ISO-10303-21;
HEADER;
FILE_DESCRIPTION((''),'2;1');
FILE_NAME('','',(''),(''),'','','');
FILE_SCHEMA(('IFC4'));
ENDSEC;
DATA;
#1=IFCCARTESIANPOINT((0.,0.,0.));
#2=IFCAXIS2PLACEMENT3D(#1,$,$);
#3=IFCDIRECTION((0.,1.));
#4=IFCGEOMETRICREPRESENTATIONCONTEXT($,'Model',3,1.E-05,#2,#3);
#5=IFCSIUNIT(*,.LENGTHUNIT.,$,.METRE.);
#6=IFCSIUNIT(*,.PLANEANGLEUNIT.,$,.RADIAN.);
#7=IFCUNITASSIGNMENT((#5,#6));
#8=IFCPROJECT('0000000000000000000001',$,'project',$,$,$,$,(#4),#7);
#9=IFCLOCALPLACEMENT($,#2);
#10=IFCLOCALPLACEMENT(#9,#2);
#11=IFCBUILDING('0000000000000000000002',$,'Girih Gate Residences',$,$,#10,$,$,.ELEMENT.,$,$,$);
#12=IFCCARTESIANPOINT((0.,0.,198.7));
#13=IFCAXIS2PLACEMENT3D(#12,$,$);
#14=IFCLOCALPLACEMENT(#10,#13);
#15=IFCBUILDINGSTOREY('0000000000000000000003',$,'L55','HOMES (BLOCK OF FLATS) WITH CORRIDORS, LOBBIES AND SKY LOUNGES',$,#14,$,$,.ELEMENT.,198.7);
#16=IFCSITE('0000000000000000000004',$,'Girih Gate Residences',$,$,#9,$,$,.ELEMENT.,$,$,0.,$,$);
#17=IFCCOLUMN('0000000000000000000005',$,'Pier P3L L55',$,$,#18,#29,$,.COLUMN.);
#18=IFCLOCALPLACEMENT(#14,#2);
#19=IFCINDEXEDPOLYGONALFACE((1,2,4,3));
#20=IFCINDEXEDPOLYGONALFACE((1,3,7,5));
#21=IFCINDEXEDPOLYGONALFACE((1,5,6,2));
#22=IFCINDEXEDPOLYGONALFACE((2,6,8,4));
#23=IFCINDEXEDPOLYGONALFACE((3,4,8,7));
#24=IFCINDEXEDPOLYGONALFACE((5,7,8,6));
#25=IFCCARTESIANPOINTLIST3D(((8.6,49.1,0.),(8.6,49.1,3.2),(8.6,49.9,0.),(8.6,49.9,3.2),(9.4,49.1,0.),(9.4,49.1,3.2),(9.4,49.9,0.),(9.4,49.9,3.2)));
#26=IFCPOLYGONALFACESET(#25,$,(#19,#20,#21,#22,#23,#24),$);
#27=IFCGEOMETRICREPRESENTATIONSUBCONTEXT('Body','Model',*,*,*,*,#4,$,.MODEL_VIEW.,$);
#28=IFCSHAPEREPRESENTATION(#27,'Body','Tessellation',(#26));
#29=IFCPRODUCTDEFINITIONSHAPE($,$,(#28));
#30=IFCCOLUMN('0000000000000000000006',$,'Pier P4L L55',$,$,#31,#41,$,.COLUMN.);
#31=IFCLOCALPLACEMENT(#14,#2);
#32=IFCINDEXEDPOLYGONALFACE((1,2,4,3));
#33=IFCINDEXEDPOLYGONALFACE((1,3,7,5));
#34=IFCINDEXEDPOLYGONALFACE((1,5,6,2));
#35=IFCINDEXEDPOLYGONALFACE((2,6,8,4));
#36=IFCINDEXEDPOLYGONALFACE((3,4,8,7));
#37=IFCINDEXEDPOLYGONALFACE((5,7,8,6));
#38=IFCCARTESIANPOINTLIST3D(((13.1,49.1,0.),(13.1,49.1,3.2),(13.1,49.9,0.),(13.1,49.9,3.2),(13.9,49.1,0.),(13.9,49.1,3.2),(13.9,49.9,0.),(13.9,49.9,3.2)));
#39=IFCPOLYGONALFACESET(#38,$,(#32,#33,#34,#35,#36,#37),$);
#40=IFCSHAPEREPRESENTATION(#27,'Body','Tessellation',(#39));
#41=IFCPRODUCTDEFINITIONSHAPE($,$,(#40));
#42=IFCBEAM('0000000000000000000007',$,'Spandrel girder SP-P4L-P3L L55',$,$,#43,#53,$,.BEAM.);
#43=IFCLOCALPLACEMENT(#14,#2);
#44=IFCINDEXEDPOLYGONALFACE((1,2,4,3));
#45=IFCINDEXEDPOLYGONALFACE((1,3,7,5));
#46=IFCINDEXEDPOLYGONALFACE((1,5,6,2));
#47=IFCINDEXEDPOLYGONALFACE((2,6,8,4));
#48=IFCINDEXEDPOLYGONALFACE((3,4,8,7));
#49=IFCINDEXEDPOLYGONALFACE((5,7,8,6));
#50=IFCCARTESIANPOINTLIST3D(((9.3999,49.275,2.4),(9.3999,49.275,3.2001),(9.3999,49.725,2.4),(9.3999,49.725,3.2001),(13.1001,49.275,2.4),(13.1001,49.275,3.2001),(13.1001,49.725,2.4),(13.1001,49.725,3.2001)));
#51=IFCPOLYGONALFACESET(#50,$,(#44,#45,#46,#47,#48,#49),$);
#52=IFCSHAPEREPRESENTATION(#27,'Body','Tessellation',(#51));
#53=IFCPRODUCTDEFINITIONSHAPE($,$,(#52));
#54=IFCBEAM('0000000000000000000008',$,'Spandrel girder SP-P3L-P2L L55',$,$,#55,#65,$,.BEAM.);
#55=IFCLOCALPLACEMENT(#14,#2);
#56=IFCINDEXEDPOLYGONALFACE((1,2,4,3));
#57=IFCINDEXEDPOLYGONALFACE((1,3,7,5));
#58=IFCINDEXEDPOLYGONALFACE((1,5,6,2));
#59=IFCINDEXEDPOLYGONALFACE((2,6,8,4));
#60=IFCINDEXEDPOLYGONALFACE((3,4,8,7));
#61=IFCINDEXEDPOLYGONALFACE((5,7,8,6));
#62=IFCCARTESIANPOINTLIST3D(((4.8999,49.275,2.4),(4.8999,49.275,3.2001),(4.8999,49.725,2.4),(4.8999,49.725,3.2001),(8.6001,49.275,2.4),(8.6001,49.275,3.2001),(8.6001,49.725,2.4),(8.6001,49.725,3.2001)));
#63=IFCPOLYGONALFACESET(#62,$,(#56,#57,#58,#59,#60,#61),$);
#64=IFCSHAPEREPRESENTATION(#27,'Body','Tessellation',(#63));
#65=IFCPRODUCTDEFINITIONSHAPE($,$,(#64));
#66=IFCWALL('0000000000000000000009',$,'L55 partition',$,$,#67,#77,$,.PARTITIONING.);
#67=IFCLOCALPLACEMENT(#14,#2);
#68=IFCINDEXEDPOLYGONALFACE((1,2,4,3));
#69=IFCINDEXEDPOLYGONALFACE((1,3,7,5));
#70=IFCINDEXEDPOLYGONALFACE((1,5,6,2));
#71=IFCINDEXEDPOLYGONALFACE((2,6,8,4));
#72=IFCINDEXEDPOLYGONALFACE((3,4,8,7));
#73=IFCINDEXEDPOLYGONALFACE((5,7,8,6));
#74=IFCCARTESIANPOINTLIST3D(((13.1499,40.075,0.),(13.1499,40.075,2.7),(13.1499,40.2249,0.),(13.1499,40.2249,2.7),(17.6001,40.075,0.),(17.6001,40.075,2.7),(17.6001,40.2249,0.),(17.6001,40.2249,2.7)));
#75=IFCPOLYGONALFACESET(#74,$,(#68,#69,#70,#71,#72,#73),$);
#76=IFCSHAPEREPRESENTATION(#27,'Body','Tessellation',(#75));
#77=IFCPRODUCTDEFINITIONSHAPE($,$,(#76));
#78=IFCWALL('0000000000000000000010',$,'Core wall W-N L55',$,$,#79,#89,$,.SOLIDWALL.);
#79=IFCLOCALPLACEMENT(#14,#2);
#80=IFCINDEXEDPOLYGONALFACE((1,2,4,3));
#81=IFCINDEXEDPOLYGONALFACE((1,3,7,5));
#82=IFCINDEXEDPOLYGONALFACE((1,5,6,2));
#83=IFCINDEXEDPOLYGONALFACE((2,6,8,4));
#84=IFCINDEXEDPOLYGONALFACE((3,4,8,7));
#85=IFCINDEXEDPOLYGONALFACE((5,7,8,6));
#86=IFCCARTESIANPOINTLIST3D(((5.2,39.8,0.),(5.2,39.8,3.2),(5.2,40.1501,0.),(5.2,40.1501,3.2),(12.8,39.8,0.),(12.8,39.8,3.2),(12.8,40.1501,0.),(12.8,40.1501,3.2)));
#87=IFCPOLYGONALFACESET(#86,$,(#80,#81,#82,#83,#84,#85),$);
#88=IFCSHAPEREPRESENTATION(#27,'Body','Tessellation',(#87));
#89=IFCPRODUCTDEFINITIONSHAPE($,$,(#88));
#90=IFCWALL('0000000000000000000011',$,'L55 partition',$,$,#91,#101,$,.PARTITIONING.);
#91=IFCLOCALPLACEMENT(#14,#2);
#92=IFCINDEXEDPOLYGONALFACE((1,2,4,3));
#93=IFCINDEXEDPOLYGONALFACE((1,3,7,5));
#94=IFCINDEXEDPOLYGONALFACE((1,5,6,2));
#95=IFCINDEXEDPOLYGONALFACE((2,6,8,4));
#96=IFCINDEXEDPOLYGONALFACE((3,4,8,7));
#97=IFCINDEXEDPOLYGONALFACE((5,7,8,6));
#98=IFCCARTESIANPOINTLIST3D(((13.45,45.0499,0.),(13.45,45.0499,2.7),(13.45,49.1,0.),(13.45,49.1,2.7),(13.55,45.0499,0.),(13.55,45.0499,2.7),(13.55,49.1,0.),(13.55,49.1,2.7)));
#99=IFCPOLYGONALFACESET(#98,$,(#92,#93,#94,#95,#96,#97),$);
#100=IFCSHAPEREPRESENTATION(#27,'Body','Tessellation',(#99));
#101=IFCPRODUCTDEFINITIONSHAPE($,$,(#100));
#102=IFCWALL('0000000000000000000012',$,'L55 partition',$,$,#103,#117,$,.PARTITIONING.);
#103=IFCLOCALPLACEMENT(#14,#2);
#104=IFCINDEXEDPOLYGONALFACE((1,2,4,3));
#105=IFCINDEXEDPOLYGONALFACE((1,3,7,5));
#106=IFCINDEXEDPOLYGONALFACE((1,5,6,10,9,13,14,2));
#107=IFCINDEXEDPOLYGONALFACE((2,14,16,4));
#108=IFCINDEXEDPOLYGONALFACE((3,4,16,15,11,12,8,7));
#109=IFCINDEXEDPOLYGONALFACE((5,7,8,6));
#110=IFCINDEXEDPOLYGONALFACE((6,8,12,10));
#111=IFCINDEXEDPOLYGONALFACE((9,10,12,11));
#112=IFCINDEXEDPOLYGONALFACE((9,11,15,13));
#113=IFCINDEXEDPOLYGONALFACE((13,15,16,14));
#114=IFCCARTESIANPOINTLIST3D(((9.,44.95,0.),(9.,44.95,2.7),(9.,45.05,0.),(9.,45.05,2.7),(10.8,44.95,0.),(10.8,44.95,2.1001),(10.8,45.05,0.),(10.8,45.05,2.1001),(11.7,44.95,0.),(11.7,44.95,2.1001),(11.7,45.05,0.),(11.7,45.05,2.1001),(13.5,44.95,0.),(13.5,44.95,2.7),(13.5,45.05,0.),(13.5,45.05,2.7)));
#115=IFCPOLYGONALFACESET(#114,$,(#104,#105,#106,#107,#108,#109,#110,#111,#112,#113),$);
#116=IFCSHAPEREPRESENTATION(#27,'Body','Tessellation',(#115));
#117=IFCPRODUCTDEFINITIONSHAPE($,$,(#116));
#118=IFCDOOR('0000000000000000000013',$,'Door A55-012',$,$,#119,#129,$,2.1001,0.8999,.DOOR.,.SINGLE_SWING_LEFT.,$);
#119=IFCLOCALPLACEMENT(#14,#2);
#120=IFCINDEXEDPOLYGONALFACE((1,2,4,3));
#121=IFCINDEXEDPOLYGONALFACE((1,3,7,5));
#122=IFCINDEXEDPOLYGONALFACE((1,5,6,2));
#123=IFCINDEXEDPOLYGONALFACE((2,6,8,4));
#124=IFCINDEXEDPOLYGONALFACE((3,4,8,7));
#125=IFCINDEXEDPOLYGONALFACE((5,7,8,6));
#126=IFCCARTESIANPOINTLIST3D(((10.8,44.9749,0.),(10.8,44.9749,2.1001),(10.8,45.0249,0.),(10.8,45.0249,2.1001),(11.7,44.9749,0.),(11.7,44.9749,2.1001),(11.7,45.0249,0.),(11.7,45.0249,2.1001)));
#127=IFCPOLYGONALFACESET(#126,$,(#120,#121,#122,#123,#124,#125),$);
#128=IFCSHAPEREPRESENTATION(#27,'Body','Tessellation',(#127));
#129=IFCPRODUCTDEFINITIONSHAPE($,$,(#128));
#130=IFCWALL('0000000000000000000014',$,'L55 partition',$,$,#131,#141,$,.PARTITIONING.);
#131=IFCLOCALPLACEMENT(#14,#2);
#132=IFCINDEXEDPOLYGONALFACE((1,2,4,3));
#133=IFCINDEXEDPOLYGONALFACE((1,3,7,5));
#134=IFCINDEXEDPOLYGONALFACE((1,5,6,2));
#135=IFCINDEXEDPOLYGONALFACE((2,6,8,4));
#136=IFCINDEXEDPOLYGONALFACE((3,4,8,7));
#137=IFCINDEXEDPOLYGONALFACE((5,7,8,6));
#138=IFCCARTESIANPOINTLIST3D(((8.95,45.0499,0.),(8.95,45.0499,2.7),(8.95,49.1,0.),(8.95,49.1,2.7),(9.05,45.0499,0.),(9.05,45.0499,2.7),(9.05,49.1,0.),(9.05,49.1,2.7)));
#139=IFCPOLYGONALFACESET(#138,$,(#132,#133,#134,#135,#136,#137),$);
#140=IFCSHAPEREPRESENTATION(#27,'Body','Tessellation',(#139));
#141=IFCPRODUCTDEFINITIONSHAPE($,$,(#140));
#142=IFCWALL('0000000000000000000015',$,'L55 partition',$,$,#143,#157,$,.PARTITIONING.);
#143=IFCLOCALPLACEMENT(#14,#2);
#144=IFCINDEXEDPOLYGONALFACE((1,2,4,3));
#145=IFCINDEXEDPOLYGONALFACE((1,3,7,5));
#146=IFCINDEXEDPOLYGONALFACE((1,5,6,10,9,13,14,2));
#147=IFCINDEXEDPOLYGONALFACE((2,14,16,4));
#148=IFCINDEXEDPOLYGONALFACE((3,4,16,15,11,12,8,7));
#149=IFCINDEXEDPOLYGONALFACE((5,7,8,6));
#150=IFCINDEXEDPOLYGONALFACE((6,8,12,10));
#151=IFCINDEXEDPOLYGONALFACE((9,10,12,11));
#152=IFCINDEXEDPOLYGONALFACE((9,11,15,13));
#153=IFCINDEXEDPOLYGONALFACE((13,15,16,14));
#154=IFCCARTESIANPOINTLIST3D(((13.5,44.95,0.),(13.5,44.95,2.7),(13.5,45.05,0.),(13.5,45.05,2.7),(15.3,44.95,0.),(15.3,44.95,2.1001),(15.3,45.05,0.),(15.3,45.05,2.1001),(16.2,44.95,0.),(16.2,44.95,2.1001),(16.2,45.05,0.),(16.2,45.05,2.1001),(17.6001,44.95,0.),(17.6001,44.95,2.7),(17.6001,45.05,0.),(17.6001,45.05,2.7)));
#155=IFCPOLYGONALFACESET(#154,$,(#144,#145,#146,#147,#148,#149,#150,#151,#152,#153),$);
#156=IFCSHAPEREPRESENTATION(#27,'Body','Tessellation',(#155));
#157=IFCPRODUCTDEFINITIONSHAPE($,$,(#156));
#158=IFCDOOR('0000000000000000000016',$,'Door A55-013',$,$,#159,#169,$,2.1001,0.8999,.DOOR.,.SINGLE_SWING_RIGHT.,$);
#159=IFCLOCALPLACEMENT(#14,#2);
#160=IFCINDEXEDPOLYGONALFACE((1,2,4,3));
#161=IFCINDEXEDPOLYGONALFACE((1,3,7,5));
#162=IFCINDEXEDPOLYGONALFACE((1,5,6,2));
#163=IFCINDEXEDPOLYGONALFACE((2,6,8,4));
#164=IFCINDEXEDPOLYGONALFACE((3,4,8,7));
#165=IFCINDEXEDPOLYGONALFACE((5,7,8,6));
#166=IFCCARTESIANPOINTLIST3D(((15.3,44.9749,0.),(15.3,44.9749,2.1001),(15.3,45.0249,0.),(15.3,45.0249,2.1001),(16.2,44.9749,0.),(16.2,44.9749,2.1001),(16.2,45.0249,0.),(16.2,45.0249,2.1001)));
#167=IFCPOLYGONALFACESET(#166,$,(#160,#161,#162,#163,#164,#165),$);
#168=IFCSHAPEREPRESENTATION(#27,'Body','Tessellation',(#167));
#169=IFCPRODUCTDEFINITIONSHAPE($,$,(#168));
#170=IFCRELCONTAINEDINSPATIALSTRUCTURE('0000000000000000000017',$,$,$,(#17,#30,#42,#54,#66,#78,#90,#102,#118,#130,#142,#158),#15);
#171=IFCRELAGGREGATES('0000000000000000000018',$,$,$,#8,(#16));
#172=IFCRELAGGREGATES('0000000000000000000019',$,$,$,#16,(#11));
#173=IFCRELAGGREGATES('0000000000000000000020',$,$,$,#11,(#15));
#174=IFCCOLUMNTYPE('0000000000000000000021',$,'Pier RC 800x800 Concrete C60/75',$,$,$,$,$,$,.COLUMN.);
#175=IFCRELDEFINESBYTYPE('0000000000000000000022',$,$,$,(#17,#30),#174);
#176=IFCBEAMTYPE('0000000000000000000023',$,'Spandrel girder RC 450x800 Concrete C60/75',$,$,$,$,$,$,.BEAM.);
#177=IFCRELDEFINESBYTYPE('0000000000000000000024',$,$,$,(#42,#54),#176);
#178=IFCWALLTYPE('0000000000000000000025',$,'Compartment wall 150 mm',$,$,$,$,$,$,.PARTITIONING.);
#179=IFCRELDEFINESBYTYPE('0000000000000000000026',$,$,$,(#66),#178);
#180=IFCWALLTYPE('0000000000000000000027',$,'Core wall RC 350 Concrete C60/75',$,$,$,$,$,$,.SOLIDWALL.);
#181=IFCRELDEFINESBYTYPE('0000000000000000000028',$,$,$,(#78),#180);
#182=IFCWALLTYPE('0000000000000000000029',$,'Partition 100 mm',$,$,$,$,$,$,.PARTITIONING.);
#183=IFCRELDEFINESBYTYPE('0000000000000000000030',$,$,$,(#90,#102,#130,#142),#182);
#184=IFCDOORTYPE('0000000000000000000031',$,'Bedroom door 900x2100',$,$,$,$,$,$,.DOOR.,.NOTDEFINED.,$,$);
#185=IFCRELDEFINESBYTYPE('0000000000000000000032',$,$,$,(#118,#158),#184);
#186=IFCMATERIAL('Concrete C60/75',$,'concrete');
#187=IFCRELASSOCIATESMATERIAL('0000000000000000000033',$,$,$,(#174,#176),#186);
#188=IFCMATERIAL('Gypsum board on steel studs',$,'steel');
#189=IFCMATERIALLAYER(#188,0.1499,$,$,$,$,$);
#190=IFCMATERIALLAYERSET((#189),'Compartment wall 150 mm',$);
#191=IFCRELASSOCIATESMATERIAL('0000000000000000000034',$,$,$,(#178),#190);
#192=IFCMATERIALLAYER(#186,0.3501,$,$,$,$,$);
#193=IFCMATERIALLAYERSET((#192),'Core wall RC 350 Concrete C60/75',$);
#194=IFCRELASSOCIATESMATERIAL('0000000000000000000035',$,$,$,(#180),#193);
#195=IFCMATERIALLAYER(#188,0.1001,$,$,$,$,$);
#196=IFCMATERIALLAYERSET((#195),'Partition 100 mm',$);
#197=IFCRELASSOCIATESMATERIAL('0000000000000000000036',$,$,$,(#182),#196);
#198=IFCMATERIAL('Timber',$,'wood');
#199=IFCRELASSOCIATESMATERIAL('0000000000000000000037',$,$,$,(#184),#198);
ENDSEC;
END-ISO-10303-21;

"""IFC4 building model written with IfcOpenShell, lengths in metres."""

from ifc_helpers import new_model, si_unit, direction, frame, frame_2d, origin, origin_2d, place, context, subcontext, project, spatial, rectangle, extrude, material, layer, layer_set, material_profile, profile_set, type_object, element, fill, save


model = new_model("IFC4")

# Units and contexts
model_context = context("Model", 3, precision=1e-05, world=origin(), true_north=direction((0.0, 1.0)))
body_context = subcontext(model_context, "Body", "Model", "MODEL_VIEW")
ifc_project = project(units=[si_unit("LENGTHUNIT", "METRE"), si_unit("PLANEANGLEUNIT", "RADIAN")], contexts=[model_context])

# Site, building, storey
site_placement = place(None, origin())
site = spatial("IfcSite", under=ifc_project, at=site_placement, Name="Girih Gate Residences", CompositionType="ELEMENT", RefElevation=0.0)
building_placement = place(site_placement, origin())
building = spatial("IfcBuilding", under=site, at=building_placement, Name="Girih Gate Residences", CompositionType="ELEMENT")
storey_placement = place(building_placement, frame((0.0, 0.0, 198.7)))
storey = spatial("IfcBuildingStorey", under=building, at=storey_placement, Name="L55", Description="HOMES (BLOCK OF FLATS) WITH CORRIDORS, LOBBIES AND SKY LOUNGES", CompositionType="ELEMENT", Elevation=198.7)

# Columns
ifc_material_1 = material(Name="Concrete C60/75", Category="concrete")
ifc_material_profile_1 = material_profile(ifc_material_1, rectangle(XDim=0.8, YDim=0.8, at=origin_2d()))
ifc_profile_set_1 = profile_set([ifc_material_profile_1], Name="Concrete C60/75")
column_type = type_object("IfcColumnType", Name="Pier RC 800x800 Concrete C60/75", PredefinedType="COLUMN", material=ifc_profile_set_1)
for number, where, z_axis, x_axis, name in (
    (1, (9.0, 49.5, 0.0), (0.0, 0.0, 1.0), (1.0, 0.0, 0.0), "Pier P3L L55"),
    (2, (13.5, 49.5, 0.0), (0.0, 0.0, 1.0), (1.0, 0.0, 0.0), "Pier P4L L55"),
):
    element("IfcColumn", number, at=place(storey_placement, frame(where, z_axis=z_axis, x_axis=x_axis)), inside=storey, type_object=column_type, Name=name, PredefinedType="COLUMN", context=body_context, shape_type="SweptSolid", body=[
        extrude(rectangle(XDim=0.8, YDim=0.8, at=origin_2d()), origin(), (0.0, 0.0, 1.0), 3.2),
    ])

# Beams
ifc_material_profile_2 = material_profile(ifc_material_1, rectangle(XDim=0.45, YDim=0.8, at=origin_2d()))
ifc_profile_set_2 = profile_set([ifc_material_profile_2], Name="Concrete C60/75")
beam_type = type_object("IfcBeamType", Name="Spandrel girder RC 450x800 Concrete C60/75", PredefinedType="BEAM", material=ifc_profile_set_2)
for number, where, z_axis, x_axis, name in (
    (3, (13.1001, 49.5, 2.8), (-1.0, 0.0, 0.0), (0.0, -1.0, 0.0), "Spandrel girder SP-P4L-P3L L55"),
    (4, (8.6001, 49.5, 2.8), (-1.0, 0.0, 0.0), (0.0, -1.0, 0.0), "Spandrel girder SP-P3L-P2L L55"),
):
    element("IfcBeam", number, at=place(storey_placement, frame(where, z_axis=z_axis, x_axis=x_axis)), inside=storey, type_object=beam_type, Name=name, PredefinedType="BEAM", context=body_context, shape_type="SweptSolid", body=[
        extrude(rectangle(XDim=0.45, YDim=0.8, at=origin_2d()), origin(), (0.0, 0.0, 1.0), 3.7002),
    ])

# Walls
ifc_material_2 = material(Name="Gypsum board on steel studs", Category="steel")
ifc_layer_1 = layer(ifc_material_2, 0.1499)
ifc_layer_set_1 = layer_set([ifc_layer_1], Name="Compartment wall 150 mm")
wall_type_1 = type_object("IfcWallType", Name="Compartment wall 150 mm", PredefinedType="PARTITIONING", material=ifc_layer_set_1)
wall_1_placement = place(storey_placement, frame((13.1499, 40.1499, 0.0), z_axis=(0.0, 0.0, 1.0), x_axis=(1.0, 0.0, 0.0)))
element("IfcWall", 5, at=wall_1_placement, inside=storey, type_object=wall_type_1, Name="L55 partition", PredefinedType="PARTITIONING", context=body_context, shape_type="SweptSolid", body=[
    extrude(rectangle(XDim=4.4502, YDim=0.1499, at=frame_2d((2.2251, 0.0))), origin(), (0.0, 0.0, 1.0), 2.7),
])
ifc_layer_2 = layer(ifc_material_1, 0.3501)
ifc_layer_set_2 = layer_set([ifc_layer_2], Name="Core wall RC 350 Concrete C60/75")
wall_type_2 = type_object("IfcWallType", Name="Core wall RC 350 Concrete C60/75", PredefinedType="SOLIDWALL", material=ifc_layer_set_2)
wall_2_placement = place(storey_placement, frame((5.2, 39.9751, 0.0), z_axis=(0.0, 0.0, 1.0), x_axis=(1.0, 0.0, 0.0)))
element("IfcWall", 6, at=wall_2_placement, inside=storey, type_object=wall_type_2, Name="Core wall W-N L55", PredefinedType="SOLIDWALL", context=body_context, shape_type="SweptSolid", body=[
    extrude(rectangle(XDim=7.6001, YDim=0.3501, at=frame_2d((3.8, 0.0))), origin(), (0.0, 0.0, 1.0), 3.2),
])
ifc_layer_3 = layer(ifc_material_2, 0.1001)
ifc_layer_set_3 = layer_set([ifc_layer_3], Name="Partition 100 mm")
wall_type_3 = type_object("IfcWallType", Name="Partition 100 mm", PredefinedType="PARTITIONING", material=ifc_layer_set_3)
wall_3_placement = place(storey_placement, frame((13.5, 45.05, 0.0), z_axis=(0.0, 0.0, 1.0), x_axis=(0.0, 1.0, 0.0)))
element("IfcWall", 7, at=wall_3_placement, inside=storey, type_object=wall_type_3, Name="L55 partition", PredefinedType="PARTITIONING", context=body_context, shape_type="SweptSolid", body=[
    extrude(rectangle(XDim=4.05, YDim=0.1001, at=frame_2d((2.0249, 0.0))), origin(), (0.0, 0.0, 1.0), 2.7),
])

# Wall, opening, door
wall_4_placement = place(storey_placement, frame((9.0, 45.0, 0.0), z_axis=(0.0, 0.0, 1.0), x_axis=(1.0, 0.0, 0.0)))
wall_4 = element("IfcWall", 8, at=wall_4_placement, inside=storey, type_object=wall_type_3, Name="L55 partition", PredefinedType="PARTITIONING", context=body_context, shape_type="SweptSolid", body=[
    extrude(rectangle(XDim=4.5, YDim=0.1001, at=frame_2d((2.25, 0.0))), origin(), (0.0, 0.0, 1.0), 2.7),
])
opening_1_placement = place(wall_4_placement, frame((1.8, 0.0, 0.0)))
opening_1 = element("IfcOpeningElement", 9, at=opening_1_placement, cuts=wall_4, PredefinedType="OPENING", context=body_context, shape_type="SweptSolid", body=[
    extrude(rectangle(XDim=0.8999, YDim=2.1001, at=frame_2d((0.45, 1.05))), frame((0.0, 0.0601, 0.0), z_axis=(0.0, -1.0, 0.0), x_axis=(1.0, 0.0, 0.0)), (0.0, 0.0, 1.0), 0.1201),
])
ifc_material_3 = material(Name="Timber", Category="wood")
door_type_1 = type_object("IfcDoorType", Name="Bedroom door 900x2100", OperationType="NOTDEFINED", PredefinedType="DOOR", material=ifc_material_3)
door_1_placement = place(opening_1_placement, origin())
door_1 = element("IfcDoor", 10, at=door_1_placement, inside=storey, type_object=door_type_1, Name="Door A55-012", OperationType="SINGLE_SWING_LEFT", OverallHeight=2.1001, OverallWidth=0.8999, PredefinedType="DOOR", context=body_context, shape_type="SweptSolid", body=[
    extrude(rectangle(XDim=0.8999, YDim=2.1001, at=frame_2d((0.45, 1.05))), frame((0.0, 0.0249, 0.0), z_axis=(0.0, -1.0, 0.0), x_axis=(1.0, 0.0, 0.0)), (0.0, 0.0, 1.0), 0.05),
])
fill(opening_1, door_1)

# Wall
wall_5_placement = place(storey_placement, frame((9.0, 45.05, 0.0), z_axis=(0.0, 0.0, 1.0), x_axis=(0.0, 1.0, 0.0)))
element("IfcWall", 11, at=wall_5_placement, inside=storey, type_object=wall_type_3, Name="L55 partition", PredefinedType="PARTITIONING", context=body_context, shape_type="SweptSolid", body=[
    extrude(rectangle(XDim=4.05, YDim=0.1001, at=frame_2d((2.0249, 0.0))), origin(), (0.0, 0.0, 1.0), 2.7),
])

# Wall, opening, door
wall_6_placement = place(storey_placement, frame((13.5, 45.0, 0.0), z_axis=(0.0, 0.0, 1.0), x_axis=(1.0, 0.0, 0.0)))
wall_6 = element("IfcWall", 12, at=wall_6_placement, inside=storey, type_object=wall_type_3, Name="L55 partition", PredefinedType="PARTITIONING", context=body_context, shape_type="SweptSolid", body=[
    extrude(rectangle(XDim=4.1001, YDim=0.1001, at=frame_2d((2.05, 0.0))), origin(), (0.0, 0.0, 1.0), 2.7),
])
opening_2_placement = place(wall_6_placement, frame((1.8, 0.0, 0.0)))
opening_2 = element("IfcOpeningElement", 13, at=opening_2_placement, cuts=wall_6, PredefinedType="OPENING", context=body_context, shape_type="SweptSolid", body=[
    extrude(rectangle(XDim=0.8999, YDim=2.1001, at=frame_2d((0.45, 1.05))), frame((0.0, 0.0601, 0.0), z_axis=(0.0, -1.0, 0.0), x_axis=(1.0, 0.0, 0.0)), (0.0, 0.0, 1.0), 0.1201),
])
door_2_placement = place(opening_2_placement, origin())
door_2 = element("IfcDoor", 14, at=door_2_placement, inside=storey, type_object=door_type_1, Name="Door A55-013", OperationType="SINGLE_SWING_RIGHT", OverallHeight=2.1001, OverallWidth=0.8999, PredefinedType="DOOR", context=body_context, shape_type="SweptSolid", body=[
    extrude(rectangle(XDim=0.8999, YDim=2.1001, at=frame_2d((0.45, 1.05))), frame((0.0, 0.0249, 0.0), z_axis=(0.0, -1.0, 0.0), x_axis=(1.0, 0.0, 0.0)), (0.0, 0.0, 1.0), 0.05),
])
fill(opening_2, door_2)

save(model, "model.ifc")
